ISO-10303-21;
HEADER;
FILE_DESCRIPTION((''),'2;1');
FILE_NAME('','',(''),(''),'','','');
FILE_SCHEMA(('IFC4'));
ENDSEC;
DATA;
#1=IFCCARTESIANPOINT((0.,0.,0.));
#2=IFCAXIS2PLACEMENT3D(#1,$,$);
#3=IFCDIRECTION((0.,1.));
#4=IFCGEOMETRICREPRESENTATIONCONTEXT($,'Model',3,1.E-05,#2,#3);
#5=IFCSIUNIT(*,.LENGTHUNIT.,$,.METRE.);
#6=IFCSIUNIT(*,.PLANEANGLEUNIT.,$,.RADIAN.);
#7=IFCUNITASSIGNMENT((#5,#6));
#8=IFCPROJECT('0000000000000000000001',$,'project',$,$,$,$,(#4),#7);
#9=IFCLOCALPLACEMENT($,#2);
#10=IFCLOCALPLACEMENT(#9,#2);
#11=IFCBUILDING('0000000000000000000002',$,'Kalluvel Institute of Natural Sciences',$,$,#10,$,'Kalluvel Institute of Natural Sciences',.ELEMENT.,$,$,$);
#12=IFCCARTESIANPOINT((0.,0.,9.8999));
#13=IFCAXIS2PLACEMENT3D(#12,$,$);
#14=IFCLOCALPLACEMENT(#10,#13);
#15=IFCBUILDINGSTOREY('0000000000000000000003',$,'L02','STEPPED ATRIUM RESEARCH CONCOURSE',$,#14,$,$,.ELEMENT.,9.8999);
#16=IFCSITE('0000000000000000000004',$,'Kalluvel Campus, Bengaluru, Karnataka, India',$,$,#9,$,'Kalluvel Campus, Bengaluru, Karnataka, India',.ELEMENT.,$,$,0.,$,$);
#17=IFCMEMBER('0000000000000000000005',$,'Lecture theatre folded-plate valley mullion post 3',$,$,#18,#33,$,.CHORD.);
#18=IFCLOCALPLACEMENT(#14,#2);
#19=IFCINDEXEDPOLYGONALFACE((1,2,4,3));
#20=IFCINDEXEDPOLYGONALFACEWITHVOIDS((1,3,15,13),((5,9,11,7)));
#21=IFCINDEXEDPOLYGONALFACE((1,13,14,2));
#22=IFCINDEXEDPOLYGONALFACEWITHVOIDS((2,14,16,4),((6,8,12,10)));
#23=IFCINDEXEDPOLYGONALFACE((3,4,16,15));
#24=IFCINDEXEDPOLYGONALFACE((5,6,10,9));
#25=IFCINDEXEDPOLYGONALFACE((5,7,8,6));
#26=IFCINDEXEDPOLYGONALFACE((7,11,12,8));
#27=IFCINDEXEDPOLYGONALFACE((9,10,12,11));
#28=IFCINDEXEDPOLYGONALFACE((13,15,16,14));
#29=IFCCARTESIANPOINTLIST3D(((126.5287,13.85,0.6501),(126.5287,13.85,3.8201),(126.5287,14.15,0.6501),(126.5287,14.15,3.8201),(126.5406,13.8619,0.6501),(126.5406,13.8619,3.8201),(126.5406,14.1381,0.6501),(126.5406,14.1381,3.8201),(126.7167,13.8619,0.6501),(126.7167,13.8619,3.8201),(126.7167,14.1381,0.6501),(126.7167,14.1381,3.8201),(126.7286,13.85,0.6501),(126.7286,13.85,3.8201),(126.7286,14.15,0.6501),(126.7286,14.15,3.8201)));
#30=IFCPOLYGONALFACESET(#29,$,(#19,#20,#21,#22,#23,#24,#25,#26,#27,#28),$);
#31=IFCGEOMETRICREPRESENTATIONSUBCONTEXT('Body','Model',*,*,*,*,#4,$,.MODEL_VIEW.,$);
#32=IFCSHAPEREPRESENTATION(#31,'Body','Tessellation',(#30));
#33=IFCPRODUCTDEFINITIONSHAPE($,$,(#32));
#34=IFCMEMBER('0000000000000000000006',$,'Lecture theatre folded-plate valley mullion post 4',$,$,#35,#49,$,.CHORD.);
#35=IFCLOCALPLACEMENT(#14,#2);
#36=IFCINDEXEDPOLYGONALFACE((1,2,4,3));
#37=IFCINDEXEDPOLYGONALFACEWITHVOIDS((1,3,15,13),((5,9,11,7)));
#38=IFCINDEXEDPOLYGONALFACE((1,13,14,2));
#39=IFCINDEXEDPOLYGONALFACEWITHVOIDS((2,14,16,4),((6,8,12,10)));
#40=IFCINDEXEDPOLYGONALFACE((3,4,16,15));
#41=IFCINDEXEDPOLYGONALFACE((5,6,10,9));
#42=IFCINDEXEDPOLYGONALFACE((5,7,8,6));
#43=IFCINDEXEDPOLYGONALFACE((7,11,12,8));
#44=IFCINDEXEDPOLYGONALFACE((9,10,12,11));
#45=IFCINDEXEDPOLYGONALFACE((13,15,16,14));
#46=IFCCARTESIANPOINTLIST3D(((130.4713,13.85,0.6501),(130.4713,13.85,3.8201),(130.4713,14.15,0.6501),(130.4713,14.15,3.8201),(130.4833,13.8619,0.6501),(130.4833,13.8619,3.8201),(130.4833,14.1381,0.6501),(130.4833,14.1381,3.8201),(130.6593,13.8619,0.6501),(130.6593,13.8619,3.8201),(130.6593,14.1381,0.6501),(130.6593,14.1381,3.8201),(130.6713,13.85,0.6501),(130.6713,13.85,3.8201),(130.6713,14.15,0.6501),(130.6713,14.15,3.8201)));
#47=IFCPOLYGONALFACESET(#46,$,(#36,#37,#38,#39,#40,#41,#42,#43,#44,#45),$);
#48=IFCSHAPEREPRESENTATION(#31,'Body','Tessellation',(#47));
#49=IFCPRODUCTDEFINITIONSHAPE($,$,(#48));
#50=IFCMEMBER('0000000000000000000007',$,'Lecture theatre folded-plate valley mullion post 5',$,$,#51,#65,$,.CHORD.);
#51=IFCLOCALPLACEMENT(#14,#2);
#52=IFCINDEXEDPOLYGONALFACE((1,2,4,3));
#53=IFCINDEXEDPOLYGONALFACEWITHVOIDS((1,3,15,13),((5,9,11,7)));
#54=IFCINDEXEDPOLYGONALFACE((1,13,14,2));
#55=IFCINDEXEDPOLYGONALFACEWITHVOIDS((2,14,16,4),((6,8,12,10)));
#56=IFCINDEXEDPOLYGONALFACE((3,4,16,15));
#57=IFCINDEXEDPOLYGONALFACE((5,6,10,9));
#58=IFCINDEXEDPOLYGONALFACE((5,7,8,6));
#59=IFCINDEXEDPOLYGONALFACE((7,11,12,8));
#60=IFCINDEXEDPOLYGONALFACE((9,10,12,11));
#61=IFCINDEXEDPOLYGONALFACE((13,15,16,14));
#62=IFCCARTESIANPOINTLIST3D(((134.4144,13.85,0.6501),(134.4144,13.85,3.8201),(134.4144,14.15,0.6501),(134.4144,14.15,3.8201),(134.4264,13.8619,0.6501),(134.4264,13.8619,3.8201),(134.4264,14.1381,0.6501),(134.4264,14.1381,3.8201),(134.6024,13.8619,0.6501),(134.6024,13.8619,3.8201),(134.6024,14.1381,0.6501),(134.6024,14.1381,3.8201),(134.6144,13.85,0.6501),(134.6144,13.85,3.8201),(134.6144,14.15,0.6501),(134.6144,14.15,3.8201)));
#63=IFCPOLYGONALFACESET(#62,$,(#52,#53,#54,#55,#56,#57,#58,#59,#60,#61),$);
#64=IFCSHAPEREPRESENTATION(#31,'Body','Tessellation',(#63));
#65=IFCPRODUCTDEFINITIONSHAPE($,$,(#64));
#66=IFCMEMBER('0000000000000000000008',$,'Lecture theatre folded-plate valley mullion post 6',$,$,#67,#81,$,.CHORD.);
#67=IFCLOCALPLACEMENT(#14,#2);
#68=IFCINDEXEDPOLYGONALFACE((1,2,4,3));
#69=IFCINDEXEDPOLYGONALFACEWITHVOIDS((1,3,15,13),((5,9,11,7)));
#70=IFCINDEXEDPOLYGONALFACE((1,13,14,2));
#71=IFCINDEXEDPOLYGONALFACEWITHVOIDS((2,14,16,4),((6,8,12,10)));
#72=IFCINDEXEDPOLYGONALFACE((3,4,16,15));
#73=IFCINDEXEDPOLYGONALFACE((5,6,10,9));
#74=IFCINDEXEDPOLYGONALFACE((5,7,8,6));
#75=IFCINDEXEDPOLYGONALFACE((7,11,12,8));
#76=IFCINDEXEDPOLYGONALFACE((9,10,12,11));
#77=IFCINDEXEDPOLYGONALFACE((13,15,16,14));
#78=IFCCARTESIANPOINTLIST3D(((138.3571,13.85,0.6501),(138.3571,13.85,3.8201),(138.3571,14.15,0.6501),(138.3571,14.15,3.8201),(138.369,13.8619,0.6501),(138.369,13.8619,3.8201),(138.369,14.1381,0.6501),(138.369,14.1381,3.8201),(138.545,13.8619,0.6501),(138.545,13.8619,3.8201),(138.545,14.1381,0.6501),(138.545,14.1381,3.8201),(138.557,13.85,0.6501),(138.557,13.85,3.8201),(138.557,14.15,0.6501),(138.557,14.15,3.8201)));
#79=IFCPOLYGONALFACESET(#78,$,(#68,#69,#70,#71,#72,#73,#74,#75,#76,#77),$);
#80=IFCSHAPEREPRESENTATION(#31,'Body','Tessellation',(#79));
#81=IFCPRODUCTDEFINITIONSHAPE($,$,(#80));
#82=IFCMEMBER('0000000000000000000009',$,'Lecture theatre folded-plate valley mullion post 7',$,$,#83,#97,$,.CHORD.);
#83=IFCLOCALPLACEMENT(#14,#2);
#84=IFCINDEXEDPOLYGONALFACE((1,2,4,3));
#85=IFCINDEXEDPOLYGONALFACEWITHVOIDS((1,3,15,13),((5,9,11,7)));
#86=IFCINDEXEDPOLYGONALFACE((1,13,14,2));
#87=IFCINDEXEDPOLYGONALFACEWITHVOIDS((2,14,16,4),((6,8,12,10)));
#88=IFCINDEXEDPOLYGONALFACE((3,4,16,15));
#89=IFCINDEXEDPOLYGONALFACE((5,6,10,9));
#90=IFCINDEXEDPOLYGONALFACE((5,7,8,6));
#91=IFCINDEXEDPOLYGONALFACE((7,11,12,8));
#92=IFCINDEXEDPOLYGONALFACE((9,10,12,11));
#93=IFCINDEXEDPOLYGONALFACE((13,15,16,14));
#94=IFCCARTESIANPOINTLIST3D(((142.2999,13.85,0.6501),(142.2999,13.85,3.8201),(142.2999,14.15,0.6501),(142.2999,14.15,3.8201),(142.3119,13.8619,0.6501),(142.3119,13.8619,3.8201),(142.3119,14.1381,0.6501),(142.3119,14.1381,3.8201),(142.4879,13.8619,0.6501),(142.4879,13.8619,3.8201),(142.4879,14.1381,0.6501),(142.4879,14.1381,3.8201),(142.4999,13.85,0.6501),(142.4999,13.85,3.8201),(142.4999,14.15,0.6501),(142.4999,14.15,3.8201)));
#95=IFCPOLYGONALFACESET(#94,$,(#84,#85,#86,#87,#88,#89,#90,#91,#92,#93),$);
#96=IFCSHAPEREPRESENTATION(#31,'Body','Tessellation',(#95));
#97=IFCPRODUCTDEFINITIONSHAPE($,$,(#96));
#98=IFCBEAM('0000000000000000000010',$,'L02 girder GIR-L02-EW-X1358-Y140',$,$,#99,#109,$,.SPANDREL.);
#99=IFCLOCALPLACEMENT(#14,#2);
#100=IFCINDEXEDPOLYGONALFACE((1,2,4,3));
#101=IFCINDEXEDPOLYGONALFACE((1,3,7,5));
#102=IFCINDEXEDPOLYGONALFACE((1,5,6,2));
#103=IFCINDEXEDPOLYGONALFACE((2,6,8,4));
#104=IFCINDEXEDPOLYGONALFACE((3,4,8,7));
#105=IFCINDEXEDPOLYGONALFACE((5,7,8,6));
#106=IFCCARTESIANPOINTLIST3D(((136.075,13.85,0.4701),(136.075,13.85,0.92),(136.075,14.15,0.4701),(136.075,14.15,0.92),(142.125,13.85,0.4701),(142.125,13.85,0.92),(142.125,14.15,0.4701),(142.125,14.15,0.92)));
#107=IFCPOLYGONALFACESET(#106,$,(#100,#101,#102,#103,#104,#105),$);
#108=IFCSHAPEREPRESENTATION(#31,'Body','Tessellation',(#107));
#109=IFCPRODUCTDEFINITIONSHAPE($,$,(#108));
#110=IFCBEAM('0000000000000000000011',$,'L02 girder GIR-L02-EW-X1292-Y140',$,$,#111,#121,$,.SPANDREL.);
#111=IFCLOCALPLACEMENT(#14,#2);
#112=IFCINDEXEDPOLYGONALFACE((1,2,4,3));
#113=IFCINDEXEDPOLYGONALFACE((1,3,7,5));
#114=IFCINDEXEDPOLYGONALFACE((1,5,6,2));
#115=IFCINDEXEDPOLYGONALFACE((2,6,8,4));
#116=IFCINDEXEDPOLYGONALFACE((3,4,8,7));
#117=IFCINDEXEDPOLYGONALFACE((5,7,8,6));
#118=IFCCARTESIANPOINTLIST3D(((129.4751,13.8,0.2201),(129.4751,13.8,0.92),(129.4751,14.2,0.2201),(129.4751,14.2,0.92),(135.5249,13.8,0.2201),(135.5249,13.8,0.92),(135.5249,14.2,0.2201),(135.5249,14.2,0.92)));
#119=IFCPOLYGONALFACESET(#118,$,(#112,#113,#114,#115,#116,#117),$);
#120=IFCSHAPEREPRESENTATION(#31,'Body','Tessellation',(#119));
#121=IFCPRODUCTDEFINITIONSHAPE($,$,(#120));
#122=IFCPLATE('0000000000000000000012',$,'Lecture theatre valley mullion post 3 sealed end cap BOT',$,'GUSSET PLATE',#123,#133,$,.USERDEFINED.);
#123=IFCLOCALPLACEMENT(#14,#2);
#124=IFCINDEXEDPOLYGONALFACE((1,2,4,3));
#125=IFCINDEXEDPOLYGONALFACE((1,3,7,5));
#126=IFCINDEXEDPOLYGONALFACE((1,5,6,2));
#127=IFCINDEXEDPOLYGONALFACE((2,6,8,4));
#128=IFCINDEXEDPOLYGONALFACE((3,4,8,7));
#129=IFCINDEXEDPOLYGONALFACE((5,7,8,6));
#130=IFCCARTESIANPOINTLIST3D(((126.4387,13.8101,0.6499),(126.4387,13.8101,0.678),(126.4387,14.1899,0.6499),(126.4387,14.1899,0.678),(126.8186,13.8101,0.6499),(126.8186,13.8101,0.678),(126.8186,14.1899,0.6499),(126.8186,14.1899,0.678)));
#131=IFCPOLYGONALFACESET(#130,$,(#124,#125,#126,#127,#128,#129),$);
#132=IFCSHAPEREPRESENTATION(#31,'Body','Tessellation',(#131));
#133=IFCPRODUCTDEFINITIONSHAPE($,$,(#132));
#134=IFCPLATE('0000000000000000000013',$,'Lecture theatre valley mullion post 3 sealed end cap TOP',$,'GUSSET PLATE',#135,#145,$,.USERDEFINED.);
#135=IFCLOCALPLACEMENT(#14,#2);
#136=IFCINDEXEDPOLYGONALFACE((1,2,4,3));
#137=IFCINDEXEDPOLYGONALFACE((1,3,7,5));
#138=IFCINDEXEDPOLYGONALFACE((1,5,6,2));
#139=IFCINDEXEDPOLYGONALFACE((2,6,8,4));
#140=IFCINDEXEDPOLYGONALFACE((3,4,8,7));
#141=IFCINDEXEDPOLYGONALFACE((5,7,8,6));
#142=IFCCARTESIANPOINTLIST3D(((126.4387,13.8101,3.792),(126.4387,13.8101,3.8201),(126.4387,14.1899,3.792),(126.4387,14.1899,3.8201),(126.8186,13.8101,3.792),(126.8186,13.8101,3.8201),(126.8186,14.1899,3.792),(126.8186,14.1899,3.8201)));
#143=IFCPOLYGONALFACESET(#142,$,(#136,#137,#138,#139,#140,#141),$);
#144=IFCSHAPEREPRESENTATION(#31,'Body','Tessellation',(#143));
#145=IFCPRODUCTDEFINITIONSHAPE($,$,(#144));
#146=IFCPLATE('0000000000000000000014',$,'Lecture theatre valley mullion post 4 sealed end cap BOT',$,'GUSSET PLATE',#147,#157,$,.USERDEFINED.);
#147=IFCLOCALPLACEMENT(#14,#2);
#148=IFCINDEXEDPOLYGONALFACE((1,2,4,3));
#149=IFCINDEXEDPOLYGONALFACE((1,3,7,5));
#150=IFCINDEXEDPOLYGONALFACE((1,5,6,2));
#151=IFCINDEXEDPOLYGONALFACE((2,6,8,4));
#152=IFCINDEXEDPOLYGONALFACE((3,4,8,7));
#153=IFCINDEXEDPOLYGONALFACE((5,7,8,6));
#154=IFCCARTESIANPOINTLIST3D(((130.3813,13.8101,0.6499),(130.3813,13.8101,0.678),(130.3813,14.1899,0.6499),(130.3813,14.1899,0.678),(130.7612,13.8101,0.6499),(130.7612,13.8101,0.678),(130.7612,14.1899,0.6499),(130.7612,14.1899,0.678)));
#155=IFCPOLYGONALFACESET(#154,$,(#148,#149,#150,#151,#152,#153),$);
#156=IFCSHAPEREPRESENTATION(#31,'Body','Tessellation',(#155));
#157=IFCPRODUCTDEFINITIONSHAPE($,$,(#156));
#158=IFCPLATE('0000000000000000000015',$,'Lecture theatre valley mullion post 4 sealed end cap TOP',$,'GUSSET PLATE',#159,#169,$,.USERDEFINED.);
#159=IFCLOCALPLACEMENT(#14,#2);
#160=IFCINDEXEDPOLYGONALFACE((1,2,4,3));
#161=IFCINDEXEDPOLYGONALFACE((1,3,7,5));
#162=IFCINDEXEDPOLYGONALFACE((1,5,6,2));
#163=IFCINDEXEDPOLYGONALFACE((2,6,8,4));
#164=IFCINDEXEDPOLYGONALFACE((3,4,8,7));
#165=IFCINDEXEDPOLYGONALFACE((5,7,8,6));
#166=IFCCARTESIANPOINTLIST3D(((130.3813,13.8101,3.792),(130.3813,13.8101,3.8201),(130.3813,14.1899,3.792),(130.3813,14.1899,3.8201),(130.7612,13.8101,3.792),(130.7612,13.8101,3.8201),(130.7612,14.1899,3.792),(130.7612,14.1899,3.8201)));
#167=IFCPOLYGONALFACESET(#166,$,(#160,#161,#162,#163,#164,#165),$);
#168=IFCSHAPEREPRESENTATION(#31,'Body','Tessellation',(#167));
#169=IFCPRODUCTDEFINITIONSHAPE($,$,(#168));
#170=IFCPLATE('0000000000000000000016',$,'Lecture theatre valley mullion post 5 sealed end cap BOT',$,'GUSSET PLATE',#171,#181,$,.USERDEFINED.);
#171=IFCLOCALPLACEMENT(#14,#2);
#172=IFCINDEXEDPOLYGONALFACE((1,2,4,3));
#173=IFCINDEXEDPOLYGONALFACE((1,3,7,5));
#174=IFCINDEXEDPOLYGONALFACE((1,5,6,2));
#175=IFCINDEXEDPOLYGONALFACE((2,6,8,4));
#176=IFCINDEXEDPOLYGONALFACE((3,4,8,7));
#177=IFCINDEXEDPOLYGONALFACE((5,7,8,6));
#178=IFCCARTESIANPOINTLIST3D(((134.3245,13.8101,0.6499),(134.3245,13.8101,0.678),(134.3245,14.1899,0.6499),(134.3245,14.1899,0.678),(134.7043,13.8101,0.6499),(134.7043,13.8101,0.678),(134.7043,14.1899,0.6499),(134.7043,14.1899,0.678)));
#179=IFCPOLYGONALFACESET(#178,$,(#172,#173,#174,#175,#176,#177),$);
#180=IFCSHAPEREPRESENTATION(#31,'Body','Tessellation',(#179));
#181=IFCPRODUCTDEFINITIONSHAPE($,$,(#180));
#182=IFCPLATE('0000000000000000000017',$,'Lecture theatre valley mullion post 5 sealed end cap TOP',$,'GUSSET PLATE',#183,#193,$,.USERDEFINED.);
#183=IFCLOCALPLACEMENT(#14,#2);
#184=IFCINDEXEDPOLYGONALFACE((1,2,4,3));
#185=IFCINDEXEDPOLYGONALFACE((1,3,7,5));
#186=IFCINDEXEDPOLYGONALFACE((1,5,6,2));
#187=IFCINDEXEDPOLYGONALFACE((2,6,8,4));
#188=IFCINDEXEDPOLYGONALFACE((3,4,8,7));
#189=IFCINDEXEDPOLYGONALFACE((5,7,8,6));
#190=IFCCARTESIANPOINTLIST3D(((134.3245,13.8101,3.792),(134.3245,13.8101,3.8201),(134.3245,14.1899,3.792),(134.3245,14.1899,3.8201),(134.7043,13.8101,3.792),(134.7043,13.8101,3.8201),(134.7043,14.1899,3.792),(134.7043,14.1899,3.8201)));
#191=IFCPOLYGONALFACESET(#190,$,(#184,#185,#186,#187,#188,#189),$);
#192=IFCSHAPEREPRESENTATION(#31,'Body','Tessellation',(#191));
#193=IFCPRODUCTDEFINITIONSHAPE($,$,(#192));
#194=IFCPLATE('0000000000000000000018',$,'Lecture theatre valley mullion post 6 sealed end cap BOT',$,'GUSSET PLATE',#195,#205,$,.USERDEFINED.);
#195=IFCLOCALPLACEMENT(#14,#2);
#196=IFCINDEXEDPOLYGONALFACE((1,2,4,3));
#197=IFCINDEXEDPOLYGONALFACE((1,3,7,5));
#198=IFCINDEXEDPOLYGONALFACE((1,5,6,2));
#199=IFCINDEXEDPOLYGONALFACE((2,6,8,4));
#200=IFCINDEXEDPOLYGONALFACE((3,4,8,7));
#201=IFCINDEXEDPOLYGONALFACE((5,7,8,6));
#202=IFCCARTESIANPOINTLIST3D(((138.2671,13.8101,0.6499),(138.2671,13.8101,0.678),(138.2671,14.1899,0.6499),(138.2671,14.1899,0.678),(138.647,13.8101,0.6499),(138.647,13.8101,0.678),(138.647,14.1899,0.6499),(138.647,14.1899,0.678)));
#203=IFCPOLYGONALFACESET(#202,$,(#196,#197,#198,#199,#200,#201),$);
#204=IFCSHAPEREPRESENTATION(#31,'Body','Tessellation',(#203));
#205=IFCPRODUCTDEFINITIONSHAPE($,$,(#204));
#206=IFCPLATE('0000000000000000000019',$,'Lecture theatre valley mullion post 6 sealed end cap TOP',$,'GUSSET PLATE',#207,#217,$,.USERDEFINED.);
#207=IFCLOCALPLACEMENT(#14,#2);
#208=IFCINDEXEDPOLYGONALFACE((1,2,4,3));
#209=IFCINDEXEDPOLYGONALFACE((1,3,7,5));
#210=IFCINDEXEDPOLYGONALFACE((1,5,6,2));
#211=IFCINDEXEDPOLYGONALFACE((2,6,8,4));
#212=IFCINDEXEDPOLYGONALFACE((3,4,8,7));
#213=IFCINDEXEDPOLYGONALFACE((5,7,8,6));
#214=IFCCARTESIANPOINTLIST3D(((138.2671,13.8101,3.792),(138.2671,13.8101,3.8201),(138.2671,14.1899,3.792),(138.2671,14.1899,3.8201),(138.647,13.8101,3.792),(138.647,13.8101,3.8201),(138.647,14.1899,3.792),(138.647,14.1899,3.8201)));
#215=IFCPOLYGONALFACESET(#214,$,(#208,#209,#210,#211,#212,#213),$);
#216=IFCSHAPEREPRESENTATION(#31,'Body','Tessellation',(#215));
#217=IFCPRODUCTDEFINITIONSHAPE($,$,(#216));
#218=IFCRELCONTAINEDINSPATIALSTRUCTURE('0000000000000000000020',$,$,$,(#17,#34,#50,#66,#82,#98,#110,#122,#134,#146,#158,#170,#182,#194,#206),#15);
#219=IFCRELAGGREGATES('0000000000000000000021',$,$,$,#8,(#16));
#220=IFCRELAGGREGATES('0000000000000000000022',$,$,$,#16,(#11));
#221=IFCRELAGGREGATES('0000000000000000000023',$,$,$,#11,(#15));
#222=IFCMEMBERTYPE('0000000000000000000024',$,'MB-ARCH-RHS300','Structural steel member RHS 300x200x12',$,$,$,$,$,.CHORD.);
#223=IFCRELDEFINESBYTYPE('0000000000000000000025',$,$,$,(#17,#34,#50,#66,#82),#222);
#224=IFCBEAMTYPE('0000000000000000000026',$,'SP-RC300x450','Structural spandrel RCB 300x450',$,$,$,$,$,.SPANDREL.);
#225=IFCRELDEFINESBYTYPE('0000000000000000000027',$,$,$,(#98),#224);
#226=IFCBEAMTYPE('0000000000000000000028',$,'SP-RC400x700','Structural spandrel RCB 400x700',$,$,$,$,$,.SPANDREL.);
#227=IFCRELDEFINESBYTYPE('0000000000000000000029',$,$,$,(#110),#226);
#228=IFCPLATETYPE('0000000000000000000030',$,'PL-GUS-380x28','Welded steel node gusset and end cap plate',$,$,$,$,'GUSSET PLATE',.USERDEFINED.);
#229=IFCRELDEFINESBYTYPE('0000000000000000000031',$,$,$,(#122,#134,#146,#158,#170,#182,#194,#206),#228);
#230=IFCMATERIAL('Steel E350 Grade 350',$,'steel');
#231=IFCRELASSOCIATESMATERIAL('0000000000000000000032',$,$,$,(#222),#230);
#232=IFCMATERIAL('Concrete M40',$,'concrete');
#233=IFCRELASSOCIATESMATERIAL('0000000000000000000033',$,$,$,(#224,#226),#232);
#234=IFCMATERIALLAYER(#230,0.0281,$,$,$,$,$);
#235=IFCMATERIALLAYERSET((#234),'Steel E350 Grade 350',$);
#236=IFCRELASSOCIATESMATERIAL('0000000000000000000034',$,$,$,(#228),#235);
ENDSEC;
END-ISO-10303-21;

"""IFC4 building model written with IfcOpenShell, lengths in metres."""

from ifc_helpers import new_model, si_unit, direction, frame, origin, origin_2d, place, context, subcontext, project, spatial, rectangle, hollow_rectangle, extrude, material, layer, layer_set, material_profile, profile_set, type_object, element, save


model = new_model("IFC4")

# Units and contexts
model_context = context("Model", 3, precision=1e-05, world=origin(), true_north=direction((0.0, 1.0)))
body_context = subcontext(model_context, "Body", "Model", "MODEL_VIEW")
ifc_project = project(units=[si_unit("LENGTHUNIT", "METRE"), si_unit("PLANEANGLEUNIT", "RADIAN")], contexts=[model_context])

# Site, building, storey
site_placement = place(None, origin())
site = spatial("IfcSite", under=ifc_project, at=site_placement, Name="Kalluvel Campus, Bengaluru, Karnataka, India", LongName="Kalluvel Campus, Bengaluru, Karnataka, India", CompositionType="ELEMENT", RefElevation=0.0)
building_placement = place(site_placement, origin())
building = spatial("IfcBuilding", under=site, at=building_placement, Name="Kalluvel Institute of Natural Sciences", LongName="Kalluvel Institute of Natural Sciences", CompositionType="ELEMENT")
storey_placement = place(building_placement, frame((0.0, 0.0, 9.8999)))
storey = spatial("IfcBuildingStorey", under=building, at=storey_placement, Name="L02", Description="STEPPED ATRIUM RESEARCH CONCOURSE", CompositionType="ELEMENT", Elevation=9.8999)

# Members
ifc_material_1 = material(Name="Steel E350 Grade 350", Category="steel")
ifc_material_profile_1 = material_profile(ifc_material_1, hollow_rectangle(XDim=0.2, YDim=0.3, WallThickness=0.012, at=origin_2d()), Name="RHS 300x200x12")
ifc_profile_set_1 = profile_set([ifc_material_profile_1], Name="Steel E350 Grade 350")
member_type = type_object("IfcMemberType", Name="MB-ARCH-RHS300", Description="Structural steel member RHS 300x200x12", PredefinedType="CHORD", material=ifc_profile_set_1)
for number, where, z_axis, x_axis, name in (
    (1, (126.6287, 14.0, 0.6501), (0.0, 0.0, 1.0), (1.0, 0.0, 0.0), "Lecture theatre folded-plate valley mullion post 3"),
    (2, (130.5713, 14.0, 0.6501), (0.0, 0.0, 1.0), (1.0, 0.0, 0.0), "Lecture theatre folded-plate valley mullion post 4"),
    (3, (134.5144, 14.0, 0.6501), (0.0, 0.0, 1.0), (1.0, 0.0, 0.0), "Lecture theatre folded-plate valley mullion post 5"),
    (4, (138.457, 14.0, 0.6501), (0.0, 0.0, 1.0), (1.0, 0.0, 0.0), "Lecture theatre folded-plate valley mullion post 6"),
    (5, (142.3999, 14.0, 0.6501), (0.0, 0.0, 1.0), (1.0, 0.0, 0.0), "Lecture theatre folded-plate valley mullion post 7"),
):
    element("IfcMember", number, at=place(storey_placement, frame(where, z_axis=z_axis, x_axis=x_axis)), inside=storey, type_object=member_type, Name=name, PredefinedType="CHORD", context=body_context, shape_type="SweptSolid", body=[
        extrude(hollow_rectangle(XDim=0.2, YDim=0.3, WallThickness=0.012, at=origin_2d()), origin(), (0.0, 0.0, 1.0), 3.1699),
    ])

# Beams
ifc_material_2 = material(Name="Concrete M40", Category="concrete")
ifc_material_profile_2 = material_profile(ifc_material_2, rectangle(XDim=0.3, YDim=0.45, at=origin_2d()), Name="RCB 300x450")
ifc_profile_set_2 = profile_set([ifc_material_profile_2], Name="Concrete M40")
beam_type_1 = type_object("IfcBeamType", Name="SP-RC300x450", Description="Structural spandrel RCB 300x450", PredefinedType="SPANDREL", material=ifc_profile_set_2)
beam_1_placement = place(storey_placement, frame((136.075, 14.0, 0.6951), z_axis=(1.0, 0.0, 0.0), x_axis=(0.0, 1.0, 0.0)))
element("IfcBeam", 6, at=beam_1_placement, inside=storey, type_object=beam_type_1, Name="L02 girder GIR-L02-EW-X1358-Y140", PredefinedType="SPANDREL", context=body_context, shape_type="SweptSolid", body=[
    extrude(rectangle(XDim=0.3, YDim=0.45, at=origin_2d()), origin(), (0.0, 0.0, 1.0), 6.05),
])
ifc_material_profile_3 = material_profile(ifc_material_2, rectangle(XDim=0.3999, YDim=0.7, at=origin_2d()), Name="RCB 400x700")
ifc_profile_set_3 = profile_set([ifc_material_profile_3], Name="Concrete M40")
beam_type_2 = type_object("IfcBeamType", Name="SP-RC400x700", Description="Structural spandrel RCB 400x700", PredefinedType="SPANDREL", material=ifc_profile_set_3)
beam_2_placement = place(storey_placement, frame((129.4751, 14.0, 0.5701), z_axis=(1.0, 0.0, 0.0), x_axis=(0.0, 1.0, 0.0)))
element("IfcBeam", 7, at=beam_2_placement, inside=storey, type_object=beam_type_2, Name="L02 girder GIR-L02-EW-X1292-Y140", PredefinedType="SPANDREL", context=body_context, shape_type="SweptSolid", body=[
    extrude(rectangle(XDim=0.3999, YDim=0.7, at=origin_2d()), origin(), (0.0, 0.0, 1.0), 6.0498),
])

# Plates
ifc_layer_1 = layer(ifc_material_1, 0.0281)
ifc_layer_set_1 = layer_set([ifc_layer_1], Name="Steel E350 Grade 350")
plate_type = type_object("IfcPlateType", Name="PL-GUS-380x28", Description="Welded steel node gusset and end cap plate", ElementType="GUSSET PLATE", PredefinedType="USERDEFINED", material=ifc_layer_set_1)
for number, where, z_axis, x_axis, name in (
    (8, (126.6287, 14.0, 0.6499), (0.0, 0.0, 1.0), (1.0, 0.0, 0.0), "Lecture theatre valley mullion post 3 sealed end cap BOT"),
    (9, (126.6287, 14.0, 3.792), (0.0, 0.0, 1.0), (1.0, 0.0, 0.0), "Lecture theatre valley mullion post 3 sealed end cap TOP"),
    (10, (130.5713, 14.0, 0.6499), (0.0, 0.0, 1.0), (1.0, 0.0, 0.0), "Lecture theatre valley mullion post 4 sealed end cap BOT"),
    (11, (130.5713, 14.0, 3.792), (0.0, 0.0, 1.0), (1.0, 0.0, 0.0), "Lecture theatre valley mullion post 4 sealed end cap TOP"),
    (12, (134.5144, 14.0, 0.6499), (0.0, 0.0, 1.0), (1.0, 0.0, 0.0), "Lecture theatre valley mullion post 5 sealed end cap BOT"),
    (13, (134.5144, 14.0, 3.792), (0.0, 0.0, 1.0), (1.0, 0.0, 0.0), "Lecture theatre valley mullion post 5 sealed end cap TOP"),
    (14, (138.457, 14.0, 0.6499), (0.0, 0.0, 1.0), (1.0, 0.0, 0.0), "Lecture theatre valley mullion post 6 sealed end cap BOT"),
    (15, (138.457, 14.0, 3.792), (0.0, 0.0, 1.0), (1.0, 0.0, 0.0), "Lecture theatre valley mullion post 6 sealed end cap TOP"),
):
    element("IfcPlate", number, at=place(storey_placement, frame(where, z_axis=z_axis, x_axis=x_axis)), inside=storey, type_object=plate_type, Name=name, ObjectType="GUSSET PLATE", PredefinedType="USERDEFINED", context=body_context, shape_type="SweptSolid", body=[
        extrude(rectangle(XDim=0.3799, YDim=0.3799, at=origin_2d()), origin(), (0.0, 0.0, 1.0), 0.0281),
    ])

save(model, "model.ifc")
